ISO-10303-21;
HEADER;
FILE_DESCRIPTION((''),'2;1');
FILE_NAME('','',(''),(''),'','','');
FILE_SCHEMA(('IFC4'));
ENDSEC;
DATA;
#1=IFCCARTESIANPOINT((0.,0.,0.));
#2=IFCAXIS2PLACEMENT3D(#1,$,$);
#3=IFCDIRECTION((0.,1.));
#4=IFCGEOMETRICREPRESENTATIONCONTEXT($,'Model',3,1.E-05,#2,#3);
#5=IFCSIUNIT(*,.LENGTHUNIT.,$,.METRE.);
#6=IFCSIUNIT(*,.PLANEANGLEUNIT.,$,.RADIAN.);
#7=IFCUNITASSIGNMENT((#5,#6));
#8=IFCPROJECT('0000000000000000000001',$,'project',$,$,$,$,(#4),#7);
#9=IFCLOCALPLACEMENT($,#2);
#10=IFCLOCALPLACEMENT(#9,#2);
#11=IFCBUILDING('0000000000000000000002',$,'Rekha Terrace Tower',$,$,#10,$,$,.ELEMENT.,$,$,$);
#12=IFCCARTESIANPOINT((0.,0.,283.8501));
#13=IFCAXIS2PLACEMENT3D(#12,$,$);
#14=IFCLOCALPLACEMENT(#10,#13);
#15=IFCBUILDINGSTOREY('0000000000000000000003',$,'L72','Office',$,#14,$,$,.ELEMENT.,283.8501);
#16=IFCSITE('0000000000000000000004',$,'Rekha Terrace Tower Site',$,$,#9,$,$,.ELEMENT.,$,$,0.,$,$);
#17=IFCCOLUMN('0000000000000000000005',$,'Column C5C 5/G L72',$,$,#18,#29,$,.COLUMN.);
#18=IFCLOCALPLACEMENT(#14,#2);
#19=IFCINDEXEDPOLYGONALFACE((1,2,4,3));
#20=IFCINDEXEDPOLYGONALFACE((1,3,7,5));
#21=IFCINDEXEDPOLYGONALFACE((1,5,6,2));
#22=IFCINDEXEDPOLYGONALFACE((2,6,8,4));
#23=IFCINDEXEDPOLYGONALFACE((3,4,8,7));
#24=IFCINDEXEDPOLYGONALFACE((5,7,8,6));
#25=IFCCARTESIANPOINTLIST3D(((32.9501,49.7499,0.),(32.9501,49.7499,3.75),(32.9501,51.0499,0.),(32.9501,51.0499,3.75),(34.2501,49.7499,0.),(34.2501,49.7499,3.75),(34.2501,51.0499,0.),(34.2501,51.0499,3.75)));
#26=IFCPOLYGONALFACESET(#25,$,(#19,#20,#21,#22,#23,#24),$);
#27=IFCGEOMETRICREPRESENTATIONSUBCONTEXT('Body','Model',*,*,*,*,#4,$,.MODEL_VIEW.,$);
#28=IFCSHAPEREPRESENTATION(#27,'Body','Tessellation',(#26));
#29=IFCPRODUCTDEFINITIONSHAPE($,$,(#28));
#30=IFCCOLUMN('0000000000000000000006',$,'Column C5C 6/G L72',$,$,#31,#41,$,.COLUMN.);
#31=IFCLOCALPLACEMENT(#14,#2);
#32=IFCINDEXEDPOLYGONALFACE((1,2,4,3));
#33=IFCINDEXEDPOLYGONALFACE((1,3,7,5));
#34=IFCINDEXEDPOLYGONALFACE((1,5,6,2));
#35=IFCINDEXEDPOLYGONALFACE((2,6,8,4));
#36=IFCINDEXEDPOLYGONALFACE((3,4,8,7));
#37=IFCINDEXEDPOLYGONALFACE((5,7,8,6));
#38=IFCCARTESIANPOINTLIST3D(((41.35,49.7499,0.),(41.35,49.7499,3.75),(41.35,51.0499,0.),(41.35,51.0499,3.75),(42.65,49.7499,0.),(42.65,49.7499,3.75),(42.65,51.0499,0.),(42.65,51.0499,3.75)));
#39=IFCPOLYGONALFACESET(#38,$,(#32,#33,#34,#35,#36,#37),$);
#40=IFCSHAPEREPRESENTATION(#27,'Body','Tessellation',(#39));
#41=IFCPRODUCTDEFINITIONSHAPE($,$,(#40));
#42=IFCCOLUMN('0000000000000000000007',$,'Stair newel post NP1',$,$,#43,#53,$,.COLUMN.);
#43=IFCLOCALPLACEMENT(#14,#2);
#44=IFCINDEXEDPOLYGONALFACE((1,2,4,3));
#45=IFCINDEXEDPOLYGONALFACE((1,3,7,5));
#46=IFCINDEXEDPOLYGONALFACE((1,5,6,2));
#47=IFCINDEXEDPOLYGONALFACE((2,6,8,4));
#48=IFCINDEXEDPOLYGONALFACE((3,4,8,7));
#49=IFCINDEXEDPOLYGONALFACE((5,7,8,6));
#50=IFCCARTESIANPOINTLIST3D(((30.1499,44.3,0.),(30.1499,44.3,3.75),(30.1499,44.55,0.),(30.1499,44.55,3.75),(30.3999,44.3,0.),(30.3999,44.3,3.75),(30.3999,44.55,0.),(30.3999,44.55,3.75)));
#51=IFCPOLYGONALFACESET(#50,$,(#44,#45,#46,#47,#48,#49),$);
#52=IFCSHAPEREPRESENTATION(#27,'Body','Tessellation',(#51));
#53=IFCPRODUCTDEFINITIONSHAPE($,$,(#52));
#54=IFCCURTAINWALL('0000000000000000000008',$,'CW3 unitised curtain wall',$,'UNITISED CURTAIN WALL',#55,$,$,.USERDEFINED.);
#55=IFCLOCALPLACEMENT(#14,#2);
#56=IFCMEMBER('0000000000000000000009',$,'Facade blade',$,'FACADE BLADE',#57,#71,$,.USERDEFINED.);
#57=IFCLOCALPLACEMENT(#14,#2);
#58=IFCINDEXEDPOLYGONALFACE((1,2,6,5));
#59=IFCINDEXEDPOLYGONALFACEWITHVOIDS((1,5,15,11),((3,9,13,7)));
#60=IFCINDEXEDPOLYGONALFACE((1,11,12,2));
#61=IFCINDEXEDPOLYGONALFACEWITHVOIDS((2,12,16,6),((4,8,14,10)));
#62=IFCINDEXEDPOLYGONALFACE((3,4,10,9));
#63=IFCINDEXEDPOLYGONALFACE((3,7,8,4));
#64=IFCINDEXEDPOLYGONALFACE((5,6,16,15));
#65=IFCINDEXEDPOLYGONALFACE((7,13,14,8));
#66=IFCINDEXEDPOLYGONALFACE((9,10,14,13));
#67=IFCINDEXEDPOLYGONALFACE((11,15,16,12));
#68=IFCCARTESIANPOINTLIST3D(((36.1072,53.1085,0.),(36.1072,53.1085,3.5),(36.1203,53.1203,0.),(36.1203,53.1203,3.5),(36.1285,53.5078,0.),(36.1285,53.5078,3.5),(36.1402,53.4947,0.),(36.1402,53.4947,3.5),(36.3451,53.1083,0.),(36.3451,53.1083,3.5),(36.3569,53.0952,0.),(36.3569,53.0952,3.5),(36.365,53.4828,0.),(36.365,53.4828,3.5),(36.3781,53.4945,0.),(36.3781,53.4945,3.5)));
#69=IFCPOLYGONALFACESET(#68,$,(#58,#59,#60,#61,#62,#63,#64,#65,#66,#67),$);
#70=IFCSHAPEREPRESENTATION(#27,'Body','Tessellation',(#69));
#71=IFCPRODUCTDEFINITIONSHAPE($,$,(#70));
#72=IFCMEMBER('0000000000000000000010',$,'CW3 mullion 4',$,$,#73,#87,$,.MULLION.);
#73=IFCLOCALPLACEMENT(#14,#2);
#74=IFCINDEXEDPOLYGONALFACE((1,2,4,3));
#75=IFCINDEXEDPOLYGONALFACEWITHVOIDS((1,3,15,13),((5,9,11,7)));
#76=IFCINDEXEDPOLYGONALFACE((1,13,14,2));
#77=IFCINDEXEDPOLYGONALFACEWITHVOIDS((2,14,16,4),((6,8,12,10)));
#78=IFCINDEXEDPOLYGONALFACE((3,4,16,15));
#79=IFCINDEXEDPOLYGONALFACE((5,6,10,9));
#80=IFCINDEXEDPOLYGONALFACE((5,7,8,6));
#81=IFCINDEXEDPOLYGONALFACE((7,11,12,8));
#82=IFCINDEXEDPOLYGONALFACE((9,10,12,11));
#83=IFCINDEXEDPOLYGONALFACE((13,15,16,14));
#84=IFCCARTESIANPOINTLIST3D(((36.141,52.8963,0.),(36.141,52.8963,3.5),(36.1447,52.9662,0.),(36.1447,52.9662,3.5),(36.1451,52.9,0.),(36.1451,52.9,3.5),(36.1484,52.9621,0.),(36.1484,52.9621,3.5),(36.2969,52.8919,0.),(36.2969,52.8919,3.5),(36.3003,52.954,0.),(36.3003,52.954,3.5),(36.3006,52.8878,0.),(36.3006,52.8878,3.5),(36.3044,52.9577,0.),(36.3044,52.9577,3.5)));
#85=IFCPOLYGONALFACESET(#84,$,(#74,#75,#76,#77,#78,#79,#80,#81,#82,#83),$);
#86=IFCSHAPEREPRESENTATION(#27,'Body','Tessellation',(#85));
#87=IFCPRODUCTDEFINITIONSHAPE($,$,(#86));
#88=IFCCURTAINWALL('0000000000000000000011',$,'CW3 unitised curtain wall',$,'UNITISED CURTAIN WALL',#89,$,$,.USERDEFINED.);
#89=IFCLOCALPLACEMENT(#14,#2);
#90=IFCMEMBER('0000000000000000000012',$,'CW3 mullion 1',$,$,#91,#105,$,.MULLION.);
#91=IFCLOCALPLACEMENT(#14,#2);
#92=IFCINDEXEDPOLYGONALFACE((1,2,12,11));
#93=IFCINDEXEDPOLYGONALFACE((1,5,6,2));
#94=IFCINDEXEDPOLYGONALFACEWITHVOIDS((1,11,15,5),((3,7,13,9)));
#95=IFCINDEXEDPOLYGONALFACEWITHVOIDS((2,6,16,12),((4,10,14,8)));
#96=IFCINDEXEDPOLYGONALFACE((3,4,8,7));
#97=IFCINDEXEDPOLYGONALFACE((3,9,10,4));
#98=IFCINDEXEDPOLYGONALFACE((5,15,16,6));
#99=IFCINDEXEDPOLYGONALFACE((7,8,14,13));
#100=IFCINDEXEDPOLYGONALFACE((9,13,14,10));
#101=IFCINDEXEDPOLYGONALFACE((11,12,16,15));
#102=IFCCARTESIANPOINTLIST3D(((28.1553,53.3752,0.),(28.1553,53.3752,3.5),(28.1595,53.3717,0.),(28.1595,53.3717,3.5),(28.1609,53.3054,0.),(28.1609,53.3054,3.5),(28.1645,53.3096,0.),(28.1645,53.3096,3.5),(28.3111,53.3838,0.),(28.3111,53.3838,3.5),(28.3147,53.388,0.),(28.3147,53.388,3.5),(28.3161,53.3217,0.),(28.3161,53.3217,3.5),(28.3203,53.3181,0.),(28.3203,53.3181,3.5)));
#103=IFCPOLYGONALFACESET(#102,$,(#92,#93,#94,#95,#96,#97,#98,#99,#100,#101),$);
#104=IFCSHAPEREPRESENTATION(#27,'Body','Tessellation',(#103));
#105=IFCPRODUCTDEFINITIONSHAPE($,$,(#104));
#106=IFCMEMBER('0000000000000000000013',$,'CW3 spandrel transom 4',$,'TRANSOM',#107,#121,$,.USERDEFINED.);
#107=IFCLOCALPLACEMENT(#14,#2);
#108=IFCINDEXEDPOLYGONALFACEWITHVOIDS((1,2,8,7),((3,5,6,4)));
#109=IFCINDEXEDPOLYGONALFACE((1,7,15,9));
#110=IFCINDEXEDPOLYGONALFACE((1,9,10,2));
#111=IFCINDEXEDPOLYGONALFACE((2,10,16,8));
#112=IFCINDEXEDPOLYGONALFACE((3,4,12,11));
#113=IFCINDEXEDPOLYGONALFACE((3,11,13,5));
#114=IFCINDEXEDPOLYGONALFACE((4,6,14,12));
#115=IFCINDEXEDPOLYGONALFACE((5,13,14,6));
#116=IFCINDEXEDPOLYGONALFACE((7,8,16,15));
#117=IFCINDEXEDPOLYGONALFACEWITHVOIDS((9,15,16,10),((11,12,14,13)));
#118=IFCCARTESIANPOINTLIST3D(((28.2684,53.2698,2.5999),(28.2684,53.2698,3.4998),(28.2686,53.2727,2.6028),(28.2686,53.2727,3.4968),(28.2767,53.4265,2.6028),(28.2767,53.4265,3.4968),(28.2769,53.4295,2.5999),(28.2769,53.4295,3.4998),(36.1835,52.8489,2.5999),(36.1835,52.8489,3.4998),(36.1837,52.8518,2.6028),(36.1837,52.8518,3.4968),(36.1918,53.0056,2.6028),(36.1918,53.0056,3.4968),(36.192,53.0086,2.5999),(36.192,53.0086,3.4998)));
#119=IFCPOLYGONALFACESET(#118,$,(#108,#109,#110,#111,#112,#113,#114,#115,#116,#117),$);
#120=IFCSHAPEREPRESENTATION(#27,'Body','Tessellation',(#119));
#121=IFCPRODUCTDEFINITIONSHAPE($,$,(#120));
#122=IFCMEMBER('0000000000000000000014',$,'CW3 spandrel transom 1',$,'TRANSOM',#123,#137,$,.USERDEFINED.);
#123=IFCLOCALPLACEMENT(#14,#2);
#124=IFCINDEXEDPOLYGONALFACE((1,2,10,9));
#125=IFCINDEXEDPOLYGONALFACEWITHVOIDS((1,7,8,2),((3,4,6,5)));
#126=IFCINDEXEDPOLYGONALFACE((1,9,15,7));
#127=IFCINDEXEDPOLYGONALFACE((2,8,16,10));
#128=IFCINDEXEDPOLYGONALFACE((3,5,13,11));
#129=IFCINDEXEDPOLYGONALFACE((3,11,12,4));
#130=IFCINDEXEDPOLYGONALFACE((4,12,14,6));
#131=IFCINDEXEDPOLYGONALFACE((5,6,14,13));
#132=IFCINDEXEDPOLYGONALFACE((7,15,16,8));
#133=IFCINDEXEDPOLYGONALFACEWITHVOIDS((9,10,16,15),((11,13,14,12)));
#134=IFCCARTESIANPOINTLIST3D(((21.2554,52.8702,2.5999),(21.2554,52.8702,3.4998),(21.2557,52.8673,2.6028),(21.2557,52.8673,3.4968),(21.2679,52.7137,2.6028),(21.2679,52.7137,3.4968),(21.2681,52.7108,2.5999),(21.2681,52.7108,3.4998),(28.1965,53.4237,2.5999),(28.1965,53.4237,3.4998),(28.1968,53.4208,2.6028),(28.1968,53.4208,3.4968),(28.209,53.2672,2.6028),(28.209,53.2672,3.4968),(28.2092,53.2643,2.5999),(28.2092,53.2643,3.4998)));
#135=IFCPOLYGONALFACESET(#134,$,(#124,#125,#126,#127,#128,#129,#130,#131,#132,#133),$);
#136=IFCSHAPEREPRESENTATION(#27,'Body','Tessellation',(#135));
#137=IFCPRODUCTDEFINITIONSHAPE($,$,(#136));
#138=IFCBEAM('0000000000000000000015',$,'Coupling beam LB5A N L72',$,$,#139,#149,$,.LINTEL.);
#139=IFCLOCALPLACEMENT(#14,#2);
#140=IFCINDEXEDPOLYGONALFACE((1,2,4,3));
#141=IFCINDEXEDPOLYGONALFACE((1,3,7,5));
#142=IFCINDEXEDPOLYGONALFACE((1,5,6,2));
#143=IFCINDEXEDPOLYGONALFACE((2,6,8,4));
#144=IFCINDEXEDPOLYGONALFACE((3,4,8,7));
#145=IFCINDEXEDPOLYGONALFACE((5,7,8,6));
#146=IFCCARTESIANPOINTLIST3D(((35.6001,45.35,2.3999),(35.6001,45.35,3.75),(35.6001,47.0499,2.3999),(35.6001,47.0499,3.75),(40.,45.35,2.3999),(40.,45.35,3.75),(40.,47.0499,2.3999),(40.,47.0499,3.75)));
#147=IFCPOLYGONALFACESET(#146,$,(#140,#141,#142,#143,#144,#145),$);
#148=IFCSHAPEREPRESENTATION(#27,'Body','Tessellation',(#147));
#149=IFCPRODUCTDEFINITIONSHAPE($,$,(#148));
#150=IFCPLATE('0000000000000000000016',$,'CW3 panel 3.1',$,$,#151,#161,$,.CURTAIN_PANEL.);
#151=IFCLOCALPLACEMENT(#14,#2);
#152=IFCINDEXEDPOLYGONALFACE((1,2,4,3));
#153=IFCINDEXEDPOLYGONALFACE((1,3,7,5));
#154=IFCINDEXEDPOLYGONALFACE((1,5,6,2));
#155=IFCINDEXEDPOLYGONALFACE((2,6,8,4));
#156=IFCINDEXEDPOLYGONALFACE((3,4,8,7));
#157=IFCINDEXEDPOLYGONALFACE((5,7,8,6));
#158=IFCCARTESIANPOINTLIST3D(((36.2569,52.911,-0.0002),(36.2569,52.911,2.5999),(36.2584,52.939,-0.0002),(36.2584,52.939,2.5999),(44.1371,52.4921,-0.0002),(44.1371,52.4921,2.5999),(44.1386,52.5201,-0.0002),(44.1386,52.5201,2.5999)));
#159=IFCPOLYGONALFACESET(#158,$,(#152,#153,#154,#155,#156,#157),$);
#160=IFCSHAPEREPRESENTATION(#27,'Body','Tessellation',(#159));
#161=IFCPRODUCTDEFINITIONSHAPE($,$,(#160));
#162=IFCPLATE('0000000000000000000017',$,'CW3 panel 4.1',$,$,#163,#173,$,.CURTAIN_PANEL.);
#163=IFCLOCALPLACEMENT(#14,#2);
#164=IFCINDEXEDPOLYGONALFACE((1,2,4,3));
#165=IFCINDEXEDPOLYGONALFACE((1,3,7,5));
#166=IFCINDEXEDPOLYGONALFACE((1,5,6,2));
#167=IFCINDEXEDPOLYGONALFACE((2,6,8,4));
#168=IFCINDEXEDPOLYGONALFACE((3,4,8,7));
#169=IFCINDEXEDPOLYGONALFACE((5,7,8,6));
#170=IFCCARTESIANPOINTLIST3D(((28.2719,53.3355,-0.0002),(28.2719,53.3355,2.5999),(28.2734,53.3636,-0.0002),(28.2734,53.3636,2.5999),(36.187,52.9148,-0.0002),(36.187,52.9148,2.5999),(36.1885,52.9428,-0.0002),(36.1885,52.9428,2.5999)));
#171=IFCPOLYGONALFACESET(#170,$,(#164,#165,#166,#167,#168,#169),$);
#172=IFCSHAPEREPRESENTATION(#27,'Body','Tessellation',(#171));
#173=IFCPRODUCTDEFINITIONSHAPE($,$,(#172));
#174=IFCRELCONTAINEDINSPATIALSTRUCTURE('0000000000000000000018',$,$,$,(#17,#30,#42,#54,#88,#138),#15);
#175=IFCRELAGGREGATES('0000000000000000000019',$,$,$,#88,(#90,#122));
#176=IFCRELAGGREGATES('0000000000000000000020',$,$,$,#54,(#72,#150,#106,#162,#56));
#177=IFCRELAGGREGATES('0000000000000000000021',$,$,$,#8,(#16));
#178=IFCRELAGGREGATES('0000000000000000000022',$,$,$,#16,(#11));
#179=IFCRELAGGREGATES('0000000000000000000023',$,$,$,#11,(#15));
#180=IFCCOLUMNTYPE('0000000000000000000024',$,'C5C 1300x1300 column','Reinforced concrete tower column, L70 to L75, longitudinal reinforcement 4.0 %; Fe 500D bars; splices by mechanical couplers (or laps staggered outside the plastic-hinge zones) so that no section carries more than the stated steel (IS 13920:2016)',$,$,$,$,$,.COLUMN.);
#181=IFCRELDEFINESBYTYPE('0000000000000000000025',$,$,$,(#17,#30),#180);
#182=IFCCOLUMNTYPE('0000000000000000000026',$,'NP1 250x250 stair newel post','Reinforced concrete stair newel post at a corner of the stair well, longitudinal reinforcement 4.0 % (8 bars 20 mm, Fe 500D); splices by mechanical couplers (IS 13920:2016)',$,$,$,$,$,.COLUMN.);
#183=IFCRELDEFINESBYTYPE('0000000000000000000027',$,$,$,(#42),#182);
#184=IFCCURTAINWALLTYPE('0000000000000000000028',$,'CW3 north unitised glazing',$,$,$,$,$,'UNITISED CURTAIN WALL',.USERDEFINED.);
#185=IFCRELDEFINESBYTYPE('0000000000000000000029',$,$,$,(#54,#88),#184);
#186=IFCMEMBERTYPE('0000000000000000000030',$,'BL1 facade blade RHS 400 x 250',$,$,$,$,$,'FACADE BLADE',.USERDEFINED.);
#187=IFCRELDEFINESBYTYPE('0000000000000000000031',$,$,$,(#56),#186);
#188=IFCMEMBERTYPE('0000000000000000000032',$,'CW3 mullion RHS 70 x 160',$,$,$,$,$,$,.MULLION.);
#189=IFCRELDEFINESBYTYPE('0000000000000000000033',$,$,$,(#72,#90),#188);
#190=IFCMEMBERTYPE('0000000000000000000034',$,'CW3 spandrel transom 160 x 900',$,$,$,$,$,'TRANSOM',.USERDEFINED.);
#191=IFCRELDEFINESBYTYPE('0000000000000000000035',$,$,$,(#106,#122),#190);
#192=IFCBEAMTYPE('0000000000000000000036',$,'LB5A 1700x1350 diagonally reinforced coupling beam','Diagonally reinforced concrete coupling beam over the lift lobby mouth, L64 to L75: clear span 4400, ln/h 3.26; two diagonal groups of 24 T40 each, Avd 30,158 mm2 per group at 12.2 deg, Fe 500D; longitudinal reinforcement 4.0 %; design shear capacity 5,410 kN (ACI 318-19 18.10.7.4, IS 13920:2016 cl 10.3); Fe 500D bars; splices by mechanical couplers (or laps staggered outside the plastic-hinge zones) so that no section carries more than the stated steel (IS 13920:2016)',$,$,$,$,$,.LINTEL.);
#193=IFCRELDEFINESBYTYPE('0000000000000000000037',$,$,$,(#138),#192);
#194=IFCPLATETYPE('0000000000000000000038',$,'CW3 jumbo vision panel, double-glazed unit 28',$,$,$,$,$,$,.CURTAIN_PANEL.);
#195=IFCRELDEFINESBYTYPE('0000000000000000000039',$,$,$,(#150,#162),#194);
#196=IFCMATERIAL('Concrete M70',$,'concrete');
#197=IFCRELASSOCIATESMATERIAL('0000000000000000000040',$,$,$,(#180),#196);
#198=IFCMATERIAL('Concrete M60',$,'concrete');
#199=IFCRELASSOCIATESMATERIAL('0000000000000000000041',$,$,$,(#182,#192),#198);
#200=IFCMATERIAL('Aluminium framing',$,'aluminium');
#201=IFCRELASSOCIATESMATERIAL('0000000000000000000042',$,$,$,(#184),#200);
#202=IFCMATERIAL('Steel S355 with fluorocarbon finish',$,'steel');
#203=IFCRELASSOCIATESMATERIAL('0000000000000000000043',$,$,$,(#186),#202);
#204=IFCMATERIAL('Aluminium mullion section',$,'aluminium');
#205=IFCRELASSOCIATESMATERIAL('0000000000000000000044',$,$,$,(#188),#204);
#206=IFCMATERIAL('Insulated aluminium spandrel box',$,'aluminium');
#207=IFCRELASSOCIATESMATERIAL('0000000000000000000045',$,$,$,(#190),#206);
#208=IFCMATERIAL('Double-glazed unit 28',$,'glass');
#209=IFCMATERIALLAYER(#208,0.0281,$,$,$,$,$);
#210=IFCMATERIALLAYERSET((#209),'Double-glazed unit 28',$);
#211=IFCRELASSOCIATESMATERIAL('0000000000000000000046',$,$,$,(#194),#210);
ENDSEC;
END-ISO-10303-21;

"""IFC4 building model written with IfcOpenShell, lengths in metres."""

from ifc_helpers import new_model, si_unit, direction, frame, origin, origin_2d, place, context, subcontext, project, spatial, rectangle, hollow_rectangle, extrude, material, layer, layer_set, material_profile, profile_set, type_object, element, aggregate, save


model = new_model("IFC4")

# Units and contexts
model_context = context("Model", 3, precision=1e-05, world=origin(), true_north=direction((0.0, 1.0)))
body_context = subcontext(model_context, "Body", "Model", "MODEL_VIEW")
ifc_project = project(units=[si_unit("LENGTHUNIT", "METRE"), si_unit("PLANEANGLEUNIT", "RADIAN")], contexts=[model_context])

# Site, building, storey
site_placement = place(None, origin())
site = spatial("IfcSite", under=ifc_project, at=site_placement, Name="Rekha Terrace Tower Site", CompositionType="ELEMENT", RefElevation=0.0)
building_placement = place(site_placement, origin())
building = spatial("IfcBuilding", under=site, at=building_placement, Name="Rekha Terrace Tower", CompositionType="ELEMENT")
storey_placement = place(building_placement, frame((0.0, 0.0, 283.8501)))
storey = spatial("IfcBuildingStorey", under=building, at=storey_placement, Name="L72", Description="Office", CompositionType="ELEMENT", Elevation=283.8501)

# Columns
ifc_material_1 = material(Name="Concrete M70", Category="concrete")
ifc_material_profile_1 = material_profile(ifc_material_1, rectangle(XDim=1.3, YDim=1.3, at=origin_2d()), Name="RC 1300x1300")
ifc_profile_set_1 = profile_set([ifc_material_profile_1], Name="Concrete M70")
column_type_1 = type_object("IfcColumnType", Name="C5C 1300x1300 column", Description="Reinforced concrete tower column, L70 to L75, longitudinal reinforcement 4.0 %; Fe 500D bars; splices by mechanical couplers (or laps staggered outside the plastic-hinge zones) so that no section carries more than the stated steel (IS 13920:2016)", PredefinedType="COLUMN", material=ifc_profile_set_1)
for number, where, z_axis, x_axis, name in (
    (1, (33.6001, 50.3999, 0.0), (0.0, 0.0, 1.0), (1.0, 0.0, 0.0), "Column C5C 5/G L72"),
    (2, (42.0, 50.3999, 0.0), (0.0, 0.0, 1.0), (1.0, 0.0, 0.0), "Column C5C 6/G L72"),
):
    element("IfcColumn", number, at=place(storey_placement, frame(where, z_axis=z_axis, x_axis=x_axis)), inside=storey, type_object=column_type_1, Name=name, PredefinedType="COLUMN", context=body_context, shape_type="SweptSolid", body=[
        extrude(rectangle(XDim=1.3, YDim=1.3, at=origin_2d()), origin(), (0.0, 0.0, 1.0), 3.75),
    ])
ifc_material_2 = material(Name="Concrete M60", Category="concrete")
ifc_material_profile_2 = material_profile(ifc_material_2, rectangle(XDim=0.25, YDim=0.25, at=origin_2d()), Name="RC 250x250")
ifc_profile_set_2 = profile_set([ifc_material_profile_2], Name="Concrete M60")
column_type_2 = type_object("IfcColumnType", Name="NP1 250x250 stair newel post", Description="Reinforced concrete stair newel post at a corner of the stair well, longitudinal reinforcement 4.0 % (8 bars 20 mm, Fe 500D); splices by mechanical couplers (IS 13920:2016)", PredefinedType="COLUMN", material=ifc_profile_set_2)
column_placement = place(storey_placement, frame((30.2749, 44.425, 0.0), z_axis=(0.0, 0.0, 1.0), x_axis=(1.0, 0.0, 0.0)))
element("IfcColumn", 3, at=column_placement, inside=storey, type_object=column_type_2, Name="Stair newel post NP1", PredefinedType="COLUMN", context=body_context, shape_type="SweptSolid", body=[
    extrude(rectangle(XDim=0.25, YDim=0.25, at=origin_2d()), origin(), (0.0, 0.0, 1.0), 3.75),
])

# Curtain wall, members
ifc_material_3 = material(Name="Aluminium framing", Category="aluminium")
curtain_wall_type = type_object("IfcCurtainWallType", Name="CW3 north unitised glazing", ElementType="UNITISED CURTAIN WALL", PredefinedType="USERDEFINED", material=ifc_material_3)
curtain_wall_1_placement = place(storey_placement, origin())
curtain_wall_1 = element("IfcCurtainWall", 4, at=curtain_wall_1_placement, inside=storey, type_object=curtain_wall_type, Name="CW3 unitised curtain wall", ObjectType="UNITISED CURTAIN WALL", PredefinedType="USERDEFINED")
ifc_material_4 = material(Name="Steel S355 with fluorocarbon finish", Category="steel")
ifc_material_profile_3 = material_profile(ifc_material_4, hollow_rectangle(XDim=0.25, YDim=0.3999, WallThickness=0.0125, at=origin_2d()), Name="RHS400x250x12.5")
ifc_profile_set_3 = profile_set([ifc_material_profile_3], Name="Steel S355 with fluorocarbon finish")
member_type_1 = type_object("IfcMemberType", Name="BL1 facade blade RHS 400 x 250", ElementType="FACADE BLADE", PredefinedType="USERDEFINED", material=ifc_profile_set_3)
member_1_placement = place(storey_placement, frame((36.2427, 53.3015, 0.0), z_axis=(0.0, 0.0, 1.0), x_axis=(-0.99859, 0.053084, 0.0)))
member_1 = element("IfcMember", 5, at=member_1_placement, type_object=member_type_1, Name="Facade blade", ObjectType="FACADE BLADE", PredefinedType="USERDEFINED", context=body_context, shape_type="SweptSolid", body=[
    extrude(hollow_rectangle(XDim=0.25, YDim=0.3999, WallThickness=0.0125, at=origin_2d()), origin(), (0.0, 0.0, 1.0), 3.5),
])
ifc_material_5 = material(Name="Aluminium mullion section", Category="aluminium")
ifc_material_profile_4 = material_profile(ifc_material_5, hollow_rectangle(XDim=0.0701, YDim=0.1599, WallThickness=0.0039, at=origin_2d()), Name="AL RHS 70x160")
ifc_profile_set_4 = profile_set([ifc_material_profile_4], Name="Aluminium mullion section")
member_type_2 = type_object("IfcMemberType", Name="CW3 mullion RHS 70 x 160", PredefinedType="MULLION", material=ifc_profile_set_4)
member_2_placement = place(storey_placement, frame((36.2227, 52.927, 0.0), z_axis=(0.0, 0.0, 1.0), x_axis=(-0.053083, -0.99859, 0.0)))
member_2 = element("IfcMember", 6, at=member_2_placement, type_object=member_type_2, Name="CW3 mullion 4", PredefinedType="MULLION", context=body_context, shape_type="SweptSolid", body=[
    extrude(hollow_rectangle(XDim=0.0701, YDim=0.1599, WallThickness=0.0039, at=origin_2d()), origin(), (0.0, 0.0, 1.0), 3.5),
])

# Curtain wall, member
curtain_wall_2_placement = place(storey_placement, origin())
curtain_wall_2 = element("IfcCurtainWall", 7, at=curtain_wall_2_placement, inside=storey, type_object=curtain_wall_type, Name="CW3 unitised curtain wall", ObjectType="UNITISED CURTAIN WALL", PredefinedType="USERDEFINED")
member_3_placement = place(storey_placement, frame((28.2378, 53.3467, 0.0), z_axis=(0.0, 0.0, 1.0), x_axis=(0.079485, -0.996836, 0.0)))
member_3 = element("IfcMember", 8, at=member_3_placement, type_object=member_type_2, Name="CW3 mullion 1", PredefinedType="MULLION", context=body_context, shape_type="SweptSolid", body=[
    extrude(hollow_rectangle(XDim=0.0701, YDim=0.1599, WallThickness=0.0039, at=origin_2d()), origin(), (0.0, 0.0, 1.0), 3.5),
])

# Members
ifc_material_6 = material(Name="Insulated aluminium spandrel box", Category="aluminium")
ifc_material_profile_5 = material_profile(ifc_material_6, hollow_rectangle(XDim=0.1599, YDim=0.8999, WallThickness=0.0029, at=origin_2d()), Name="AL SPANDREL BOX 160x900")
ifc_profile_set_5 = profile_set([ifc_material_profile_5], Name="Insulated aluminium spandrel box")
member_type_3 = type_object("IfcMemberType", Name="CW3 spandrel transom 160 x 900", ElementType="TRANSOM", PredefinedType="USERDEFINED", material=ifc_profile_set_5)
member_4_placement = place(storey_placement, frame((36.1877, 52.9287, 3.0498), z_axis=(-0.998589, 0.053102, 0.0), x_axis=(-0.053102, -0.998589, 0.0)))
member_4 = element("IfcMember", 9, at=member_4_placement, type_object=member_type_3, Name="CW3 spandrel transom 4", ObjectType="TRANSOM", PredefinedType="USERDEFINED", context=body_context, shape_type="SweptSolid", body=[
    extrude(hollow_rectangle(XDim=0.1599, YDim=0.8999, WallThickness=0.0029, at=origin_2d()), origin(), (0.0, 0.0, 1.0), 7.9263),
])
member_5_placement = place(storey_placement, frame((28.2029, 53.344, 3.0498), z_axis=(-0.996836, -0.079485, 0.0), x_axis=(0.079485, -0.996836, 0.0)))
member_5 = element("IfcMember", 10, at=member_5_placement, type_object=member_type_3, Name="CW3 spandrel transom 1", ObjectType="TRANSOM", PredefinedType="USERDEFINED", context=body_context, shape_type="SweptSolid", body=[
    extrude(hollow_rectangle(XDim=0.1599, YDim=0.8999, WallThickness=0.0029, at=origin_2d()), origin(), (0.0, 0.0, 1.0), 6.9631),
])
aggregate(curtain_wall_2, [member_3, member_5])

# Beam
ifc_material_profile_6 = material_profile(ifc_material_2, rectangle(XDim=1.7, YDim=1.3501, at=origin_2d()), Name="RC 1700x1350")
ifc_profile_set_6 = profile_set([ifc_material_profile_6], Name="Concrete M60")
beam_type = type_object("IfcBeamType", Name="LB5A 1700x1350 diagonally reinforced coupling beam", Description="Diagonally reinforced concrete coupling beam over the lift lobby mouth, L64 to L75: clear span 4400, ln/h 3.26; two diagonal groups of 24 T40 each, Avd 30,158 mm2 per group at 12.2 deg, Fe 500D; longitudinal reinforcement 4.0 %; design shear capacity 5,410 kN (ACI 318-19 18.10.7.4, IS 13920:2016 cl 10.3); Fe 500D bars; splices by mechanical couplers (or laps staggered outside the plastic-hinge zones) so that no section carries more than the stated steel (IS 13920:2016)", PredefinedType="LINTEL", material=ifc_profile_set_6)
beam_placement = place(storey_placement, frame((35.6001, 46.2, 3.075), z_axis=(1.0, 0.0, 0.0), x_axis=(0.0, 1.0, 0.0)))
element("IfcBeam", 11, at=beam_placement, inside=storey, type_object=beam_type, Name="Coupling beam LB5A N L72", PredefinedType="LINTEL", context=body_context, shape_type="SweptSolid", body=[
    extrude(rectangle(XDim=1.7, YDim=1.3501, at=origin_2d()), origin(), (0.0, 0.0, 1.0), 4.3999),
])

# Plates
ifc_material_7 = material(Name="Double-glazed unit 28", Category="glass")
ifc_layer_1 = layer(ifc_material_7, 0.0281)
ifc_layer_set_1 = layer_set([ifc_layer_1], Name="Double-glazed unit 28")
plate_type = type_object("IfcPlateType", Name="CW3 jumbo vision panel, double-glazed unit 28", PredefinedType="CURTAIN_PANEL", material=ifc_layer_set_1)
plate_1_placement = place(storey_placement, frame((40.1978, 52.7156, -0.0002), z_axis=(0.0, 0.0, 1.0), x_axis=(-0.99859, 0.053083, 0.0)))
plate_1 = element("IfcPlate", 12, at=plate_1_placement, type_object=plate_type, Name="CW3 panel 3.1", PredefinedType="CURTAIN_PANEL", context=body_context, shape_type="SweptSolid", body=[
    extrude(rectangle(XDim=7.8914, YDim=0.0281, at=origin_2d()), origin(), (0.0, 0.0, 1.0), 2.6001),
])
plate_2_placement = place(storey_placement, frame((32.2302, 53.1392, -0.0002), z_axis=(0.0, 0.0, 1.0), x_axis=(-0.99859, 0.053083, 0.0)))
plate_2 = element("IfcPlate", 13, at=plate_2_placement, type_object=plate_type, Name="CW3 panel 4.1", PredefinedType="CURTAIN_PANEL", context=body_context, shape_type="SweptSolid", body=[
    extrude(rectangle(XDim=7.9263, YDim=0.0281, at=origin_2d()), origin(), (0.0, 0.0, 1.0), 2.6001),
])
aggregate(curtain_wall_1, [member_2, plate_1, member_4, plate_2, member_1])

save(model, "model.ifc")
